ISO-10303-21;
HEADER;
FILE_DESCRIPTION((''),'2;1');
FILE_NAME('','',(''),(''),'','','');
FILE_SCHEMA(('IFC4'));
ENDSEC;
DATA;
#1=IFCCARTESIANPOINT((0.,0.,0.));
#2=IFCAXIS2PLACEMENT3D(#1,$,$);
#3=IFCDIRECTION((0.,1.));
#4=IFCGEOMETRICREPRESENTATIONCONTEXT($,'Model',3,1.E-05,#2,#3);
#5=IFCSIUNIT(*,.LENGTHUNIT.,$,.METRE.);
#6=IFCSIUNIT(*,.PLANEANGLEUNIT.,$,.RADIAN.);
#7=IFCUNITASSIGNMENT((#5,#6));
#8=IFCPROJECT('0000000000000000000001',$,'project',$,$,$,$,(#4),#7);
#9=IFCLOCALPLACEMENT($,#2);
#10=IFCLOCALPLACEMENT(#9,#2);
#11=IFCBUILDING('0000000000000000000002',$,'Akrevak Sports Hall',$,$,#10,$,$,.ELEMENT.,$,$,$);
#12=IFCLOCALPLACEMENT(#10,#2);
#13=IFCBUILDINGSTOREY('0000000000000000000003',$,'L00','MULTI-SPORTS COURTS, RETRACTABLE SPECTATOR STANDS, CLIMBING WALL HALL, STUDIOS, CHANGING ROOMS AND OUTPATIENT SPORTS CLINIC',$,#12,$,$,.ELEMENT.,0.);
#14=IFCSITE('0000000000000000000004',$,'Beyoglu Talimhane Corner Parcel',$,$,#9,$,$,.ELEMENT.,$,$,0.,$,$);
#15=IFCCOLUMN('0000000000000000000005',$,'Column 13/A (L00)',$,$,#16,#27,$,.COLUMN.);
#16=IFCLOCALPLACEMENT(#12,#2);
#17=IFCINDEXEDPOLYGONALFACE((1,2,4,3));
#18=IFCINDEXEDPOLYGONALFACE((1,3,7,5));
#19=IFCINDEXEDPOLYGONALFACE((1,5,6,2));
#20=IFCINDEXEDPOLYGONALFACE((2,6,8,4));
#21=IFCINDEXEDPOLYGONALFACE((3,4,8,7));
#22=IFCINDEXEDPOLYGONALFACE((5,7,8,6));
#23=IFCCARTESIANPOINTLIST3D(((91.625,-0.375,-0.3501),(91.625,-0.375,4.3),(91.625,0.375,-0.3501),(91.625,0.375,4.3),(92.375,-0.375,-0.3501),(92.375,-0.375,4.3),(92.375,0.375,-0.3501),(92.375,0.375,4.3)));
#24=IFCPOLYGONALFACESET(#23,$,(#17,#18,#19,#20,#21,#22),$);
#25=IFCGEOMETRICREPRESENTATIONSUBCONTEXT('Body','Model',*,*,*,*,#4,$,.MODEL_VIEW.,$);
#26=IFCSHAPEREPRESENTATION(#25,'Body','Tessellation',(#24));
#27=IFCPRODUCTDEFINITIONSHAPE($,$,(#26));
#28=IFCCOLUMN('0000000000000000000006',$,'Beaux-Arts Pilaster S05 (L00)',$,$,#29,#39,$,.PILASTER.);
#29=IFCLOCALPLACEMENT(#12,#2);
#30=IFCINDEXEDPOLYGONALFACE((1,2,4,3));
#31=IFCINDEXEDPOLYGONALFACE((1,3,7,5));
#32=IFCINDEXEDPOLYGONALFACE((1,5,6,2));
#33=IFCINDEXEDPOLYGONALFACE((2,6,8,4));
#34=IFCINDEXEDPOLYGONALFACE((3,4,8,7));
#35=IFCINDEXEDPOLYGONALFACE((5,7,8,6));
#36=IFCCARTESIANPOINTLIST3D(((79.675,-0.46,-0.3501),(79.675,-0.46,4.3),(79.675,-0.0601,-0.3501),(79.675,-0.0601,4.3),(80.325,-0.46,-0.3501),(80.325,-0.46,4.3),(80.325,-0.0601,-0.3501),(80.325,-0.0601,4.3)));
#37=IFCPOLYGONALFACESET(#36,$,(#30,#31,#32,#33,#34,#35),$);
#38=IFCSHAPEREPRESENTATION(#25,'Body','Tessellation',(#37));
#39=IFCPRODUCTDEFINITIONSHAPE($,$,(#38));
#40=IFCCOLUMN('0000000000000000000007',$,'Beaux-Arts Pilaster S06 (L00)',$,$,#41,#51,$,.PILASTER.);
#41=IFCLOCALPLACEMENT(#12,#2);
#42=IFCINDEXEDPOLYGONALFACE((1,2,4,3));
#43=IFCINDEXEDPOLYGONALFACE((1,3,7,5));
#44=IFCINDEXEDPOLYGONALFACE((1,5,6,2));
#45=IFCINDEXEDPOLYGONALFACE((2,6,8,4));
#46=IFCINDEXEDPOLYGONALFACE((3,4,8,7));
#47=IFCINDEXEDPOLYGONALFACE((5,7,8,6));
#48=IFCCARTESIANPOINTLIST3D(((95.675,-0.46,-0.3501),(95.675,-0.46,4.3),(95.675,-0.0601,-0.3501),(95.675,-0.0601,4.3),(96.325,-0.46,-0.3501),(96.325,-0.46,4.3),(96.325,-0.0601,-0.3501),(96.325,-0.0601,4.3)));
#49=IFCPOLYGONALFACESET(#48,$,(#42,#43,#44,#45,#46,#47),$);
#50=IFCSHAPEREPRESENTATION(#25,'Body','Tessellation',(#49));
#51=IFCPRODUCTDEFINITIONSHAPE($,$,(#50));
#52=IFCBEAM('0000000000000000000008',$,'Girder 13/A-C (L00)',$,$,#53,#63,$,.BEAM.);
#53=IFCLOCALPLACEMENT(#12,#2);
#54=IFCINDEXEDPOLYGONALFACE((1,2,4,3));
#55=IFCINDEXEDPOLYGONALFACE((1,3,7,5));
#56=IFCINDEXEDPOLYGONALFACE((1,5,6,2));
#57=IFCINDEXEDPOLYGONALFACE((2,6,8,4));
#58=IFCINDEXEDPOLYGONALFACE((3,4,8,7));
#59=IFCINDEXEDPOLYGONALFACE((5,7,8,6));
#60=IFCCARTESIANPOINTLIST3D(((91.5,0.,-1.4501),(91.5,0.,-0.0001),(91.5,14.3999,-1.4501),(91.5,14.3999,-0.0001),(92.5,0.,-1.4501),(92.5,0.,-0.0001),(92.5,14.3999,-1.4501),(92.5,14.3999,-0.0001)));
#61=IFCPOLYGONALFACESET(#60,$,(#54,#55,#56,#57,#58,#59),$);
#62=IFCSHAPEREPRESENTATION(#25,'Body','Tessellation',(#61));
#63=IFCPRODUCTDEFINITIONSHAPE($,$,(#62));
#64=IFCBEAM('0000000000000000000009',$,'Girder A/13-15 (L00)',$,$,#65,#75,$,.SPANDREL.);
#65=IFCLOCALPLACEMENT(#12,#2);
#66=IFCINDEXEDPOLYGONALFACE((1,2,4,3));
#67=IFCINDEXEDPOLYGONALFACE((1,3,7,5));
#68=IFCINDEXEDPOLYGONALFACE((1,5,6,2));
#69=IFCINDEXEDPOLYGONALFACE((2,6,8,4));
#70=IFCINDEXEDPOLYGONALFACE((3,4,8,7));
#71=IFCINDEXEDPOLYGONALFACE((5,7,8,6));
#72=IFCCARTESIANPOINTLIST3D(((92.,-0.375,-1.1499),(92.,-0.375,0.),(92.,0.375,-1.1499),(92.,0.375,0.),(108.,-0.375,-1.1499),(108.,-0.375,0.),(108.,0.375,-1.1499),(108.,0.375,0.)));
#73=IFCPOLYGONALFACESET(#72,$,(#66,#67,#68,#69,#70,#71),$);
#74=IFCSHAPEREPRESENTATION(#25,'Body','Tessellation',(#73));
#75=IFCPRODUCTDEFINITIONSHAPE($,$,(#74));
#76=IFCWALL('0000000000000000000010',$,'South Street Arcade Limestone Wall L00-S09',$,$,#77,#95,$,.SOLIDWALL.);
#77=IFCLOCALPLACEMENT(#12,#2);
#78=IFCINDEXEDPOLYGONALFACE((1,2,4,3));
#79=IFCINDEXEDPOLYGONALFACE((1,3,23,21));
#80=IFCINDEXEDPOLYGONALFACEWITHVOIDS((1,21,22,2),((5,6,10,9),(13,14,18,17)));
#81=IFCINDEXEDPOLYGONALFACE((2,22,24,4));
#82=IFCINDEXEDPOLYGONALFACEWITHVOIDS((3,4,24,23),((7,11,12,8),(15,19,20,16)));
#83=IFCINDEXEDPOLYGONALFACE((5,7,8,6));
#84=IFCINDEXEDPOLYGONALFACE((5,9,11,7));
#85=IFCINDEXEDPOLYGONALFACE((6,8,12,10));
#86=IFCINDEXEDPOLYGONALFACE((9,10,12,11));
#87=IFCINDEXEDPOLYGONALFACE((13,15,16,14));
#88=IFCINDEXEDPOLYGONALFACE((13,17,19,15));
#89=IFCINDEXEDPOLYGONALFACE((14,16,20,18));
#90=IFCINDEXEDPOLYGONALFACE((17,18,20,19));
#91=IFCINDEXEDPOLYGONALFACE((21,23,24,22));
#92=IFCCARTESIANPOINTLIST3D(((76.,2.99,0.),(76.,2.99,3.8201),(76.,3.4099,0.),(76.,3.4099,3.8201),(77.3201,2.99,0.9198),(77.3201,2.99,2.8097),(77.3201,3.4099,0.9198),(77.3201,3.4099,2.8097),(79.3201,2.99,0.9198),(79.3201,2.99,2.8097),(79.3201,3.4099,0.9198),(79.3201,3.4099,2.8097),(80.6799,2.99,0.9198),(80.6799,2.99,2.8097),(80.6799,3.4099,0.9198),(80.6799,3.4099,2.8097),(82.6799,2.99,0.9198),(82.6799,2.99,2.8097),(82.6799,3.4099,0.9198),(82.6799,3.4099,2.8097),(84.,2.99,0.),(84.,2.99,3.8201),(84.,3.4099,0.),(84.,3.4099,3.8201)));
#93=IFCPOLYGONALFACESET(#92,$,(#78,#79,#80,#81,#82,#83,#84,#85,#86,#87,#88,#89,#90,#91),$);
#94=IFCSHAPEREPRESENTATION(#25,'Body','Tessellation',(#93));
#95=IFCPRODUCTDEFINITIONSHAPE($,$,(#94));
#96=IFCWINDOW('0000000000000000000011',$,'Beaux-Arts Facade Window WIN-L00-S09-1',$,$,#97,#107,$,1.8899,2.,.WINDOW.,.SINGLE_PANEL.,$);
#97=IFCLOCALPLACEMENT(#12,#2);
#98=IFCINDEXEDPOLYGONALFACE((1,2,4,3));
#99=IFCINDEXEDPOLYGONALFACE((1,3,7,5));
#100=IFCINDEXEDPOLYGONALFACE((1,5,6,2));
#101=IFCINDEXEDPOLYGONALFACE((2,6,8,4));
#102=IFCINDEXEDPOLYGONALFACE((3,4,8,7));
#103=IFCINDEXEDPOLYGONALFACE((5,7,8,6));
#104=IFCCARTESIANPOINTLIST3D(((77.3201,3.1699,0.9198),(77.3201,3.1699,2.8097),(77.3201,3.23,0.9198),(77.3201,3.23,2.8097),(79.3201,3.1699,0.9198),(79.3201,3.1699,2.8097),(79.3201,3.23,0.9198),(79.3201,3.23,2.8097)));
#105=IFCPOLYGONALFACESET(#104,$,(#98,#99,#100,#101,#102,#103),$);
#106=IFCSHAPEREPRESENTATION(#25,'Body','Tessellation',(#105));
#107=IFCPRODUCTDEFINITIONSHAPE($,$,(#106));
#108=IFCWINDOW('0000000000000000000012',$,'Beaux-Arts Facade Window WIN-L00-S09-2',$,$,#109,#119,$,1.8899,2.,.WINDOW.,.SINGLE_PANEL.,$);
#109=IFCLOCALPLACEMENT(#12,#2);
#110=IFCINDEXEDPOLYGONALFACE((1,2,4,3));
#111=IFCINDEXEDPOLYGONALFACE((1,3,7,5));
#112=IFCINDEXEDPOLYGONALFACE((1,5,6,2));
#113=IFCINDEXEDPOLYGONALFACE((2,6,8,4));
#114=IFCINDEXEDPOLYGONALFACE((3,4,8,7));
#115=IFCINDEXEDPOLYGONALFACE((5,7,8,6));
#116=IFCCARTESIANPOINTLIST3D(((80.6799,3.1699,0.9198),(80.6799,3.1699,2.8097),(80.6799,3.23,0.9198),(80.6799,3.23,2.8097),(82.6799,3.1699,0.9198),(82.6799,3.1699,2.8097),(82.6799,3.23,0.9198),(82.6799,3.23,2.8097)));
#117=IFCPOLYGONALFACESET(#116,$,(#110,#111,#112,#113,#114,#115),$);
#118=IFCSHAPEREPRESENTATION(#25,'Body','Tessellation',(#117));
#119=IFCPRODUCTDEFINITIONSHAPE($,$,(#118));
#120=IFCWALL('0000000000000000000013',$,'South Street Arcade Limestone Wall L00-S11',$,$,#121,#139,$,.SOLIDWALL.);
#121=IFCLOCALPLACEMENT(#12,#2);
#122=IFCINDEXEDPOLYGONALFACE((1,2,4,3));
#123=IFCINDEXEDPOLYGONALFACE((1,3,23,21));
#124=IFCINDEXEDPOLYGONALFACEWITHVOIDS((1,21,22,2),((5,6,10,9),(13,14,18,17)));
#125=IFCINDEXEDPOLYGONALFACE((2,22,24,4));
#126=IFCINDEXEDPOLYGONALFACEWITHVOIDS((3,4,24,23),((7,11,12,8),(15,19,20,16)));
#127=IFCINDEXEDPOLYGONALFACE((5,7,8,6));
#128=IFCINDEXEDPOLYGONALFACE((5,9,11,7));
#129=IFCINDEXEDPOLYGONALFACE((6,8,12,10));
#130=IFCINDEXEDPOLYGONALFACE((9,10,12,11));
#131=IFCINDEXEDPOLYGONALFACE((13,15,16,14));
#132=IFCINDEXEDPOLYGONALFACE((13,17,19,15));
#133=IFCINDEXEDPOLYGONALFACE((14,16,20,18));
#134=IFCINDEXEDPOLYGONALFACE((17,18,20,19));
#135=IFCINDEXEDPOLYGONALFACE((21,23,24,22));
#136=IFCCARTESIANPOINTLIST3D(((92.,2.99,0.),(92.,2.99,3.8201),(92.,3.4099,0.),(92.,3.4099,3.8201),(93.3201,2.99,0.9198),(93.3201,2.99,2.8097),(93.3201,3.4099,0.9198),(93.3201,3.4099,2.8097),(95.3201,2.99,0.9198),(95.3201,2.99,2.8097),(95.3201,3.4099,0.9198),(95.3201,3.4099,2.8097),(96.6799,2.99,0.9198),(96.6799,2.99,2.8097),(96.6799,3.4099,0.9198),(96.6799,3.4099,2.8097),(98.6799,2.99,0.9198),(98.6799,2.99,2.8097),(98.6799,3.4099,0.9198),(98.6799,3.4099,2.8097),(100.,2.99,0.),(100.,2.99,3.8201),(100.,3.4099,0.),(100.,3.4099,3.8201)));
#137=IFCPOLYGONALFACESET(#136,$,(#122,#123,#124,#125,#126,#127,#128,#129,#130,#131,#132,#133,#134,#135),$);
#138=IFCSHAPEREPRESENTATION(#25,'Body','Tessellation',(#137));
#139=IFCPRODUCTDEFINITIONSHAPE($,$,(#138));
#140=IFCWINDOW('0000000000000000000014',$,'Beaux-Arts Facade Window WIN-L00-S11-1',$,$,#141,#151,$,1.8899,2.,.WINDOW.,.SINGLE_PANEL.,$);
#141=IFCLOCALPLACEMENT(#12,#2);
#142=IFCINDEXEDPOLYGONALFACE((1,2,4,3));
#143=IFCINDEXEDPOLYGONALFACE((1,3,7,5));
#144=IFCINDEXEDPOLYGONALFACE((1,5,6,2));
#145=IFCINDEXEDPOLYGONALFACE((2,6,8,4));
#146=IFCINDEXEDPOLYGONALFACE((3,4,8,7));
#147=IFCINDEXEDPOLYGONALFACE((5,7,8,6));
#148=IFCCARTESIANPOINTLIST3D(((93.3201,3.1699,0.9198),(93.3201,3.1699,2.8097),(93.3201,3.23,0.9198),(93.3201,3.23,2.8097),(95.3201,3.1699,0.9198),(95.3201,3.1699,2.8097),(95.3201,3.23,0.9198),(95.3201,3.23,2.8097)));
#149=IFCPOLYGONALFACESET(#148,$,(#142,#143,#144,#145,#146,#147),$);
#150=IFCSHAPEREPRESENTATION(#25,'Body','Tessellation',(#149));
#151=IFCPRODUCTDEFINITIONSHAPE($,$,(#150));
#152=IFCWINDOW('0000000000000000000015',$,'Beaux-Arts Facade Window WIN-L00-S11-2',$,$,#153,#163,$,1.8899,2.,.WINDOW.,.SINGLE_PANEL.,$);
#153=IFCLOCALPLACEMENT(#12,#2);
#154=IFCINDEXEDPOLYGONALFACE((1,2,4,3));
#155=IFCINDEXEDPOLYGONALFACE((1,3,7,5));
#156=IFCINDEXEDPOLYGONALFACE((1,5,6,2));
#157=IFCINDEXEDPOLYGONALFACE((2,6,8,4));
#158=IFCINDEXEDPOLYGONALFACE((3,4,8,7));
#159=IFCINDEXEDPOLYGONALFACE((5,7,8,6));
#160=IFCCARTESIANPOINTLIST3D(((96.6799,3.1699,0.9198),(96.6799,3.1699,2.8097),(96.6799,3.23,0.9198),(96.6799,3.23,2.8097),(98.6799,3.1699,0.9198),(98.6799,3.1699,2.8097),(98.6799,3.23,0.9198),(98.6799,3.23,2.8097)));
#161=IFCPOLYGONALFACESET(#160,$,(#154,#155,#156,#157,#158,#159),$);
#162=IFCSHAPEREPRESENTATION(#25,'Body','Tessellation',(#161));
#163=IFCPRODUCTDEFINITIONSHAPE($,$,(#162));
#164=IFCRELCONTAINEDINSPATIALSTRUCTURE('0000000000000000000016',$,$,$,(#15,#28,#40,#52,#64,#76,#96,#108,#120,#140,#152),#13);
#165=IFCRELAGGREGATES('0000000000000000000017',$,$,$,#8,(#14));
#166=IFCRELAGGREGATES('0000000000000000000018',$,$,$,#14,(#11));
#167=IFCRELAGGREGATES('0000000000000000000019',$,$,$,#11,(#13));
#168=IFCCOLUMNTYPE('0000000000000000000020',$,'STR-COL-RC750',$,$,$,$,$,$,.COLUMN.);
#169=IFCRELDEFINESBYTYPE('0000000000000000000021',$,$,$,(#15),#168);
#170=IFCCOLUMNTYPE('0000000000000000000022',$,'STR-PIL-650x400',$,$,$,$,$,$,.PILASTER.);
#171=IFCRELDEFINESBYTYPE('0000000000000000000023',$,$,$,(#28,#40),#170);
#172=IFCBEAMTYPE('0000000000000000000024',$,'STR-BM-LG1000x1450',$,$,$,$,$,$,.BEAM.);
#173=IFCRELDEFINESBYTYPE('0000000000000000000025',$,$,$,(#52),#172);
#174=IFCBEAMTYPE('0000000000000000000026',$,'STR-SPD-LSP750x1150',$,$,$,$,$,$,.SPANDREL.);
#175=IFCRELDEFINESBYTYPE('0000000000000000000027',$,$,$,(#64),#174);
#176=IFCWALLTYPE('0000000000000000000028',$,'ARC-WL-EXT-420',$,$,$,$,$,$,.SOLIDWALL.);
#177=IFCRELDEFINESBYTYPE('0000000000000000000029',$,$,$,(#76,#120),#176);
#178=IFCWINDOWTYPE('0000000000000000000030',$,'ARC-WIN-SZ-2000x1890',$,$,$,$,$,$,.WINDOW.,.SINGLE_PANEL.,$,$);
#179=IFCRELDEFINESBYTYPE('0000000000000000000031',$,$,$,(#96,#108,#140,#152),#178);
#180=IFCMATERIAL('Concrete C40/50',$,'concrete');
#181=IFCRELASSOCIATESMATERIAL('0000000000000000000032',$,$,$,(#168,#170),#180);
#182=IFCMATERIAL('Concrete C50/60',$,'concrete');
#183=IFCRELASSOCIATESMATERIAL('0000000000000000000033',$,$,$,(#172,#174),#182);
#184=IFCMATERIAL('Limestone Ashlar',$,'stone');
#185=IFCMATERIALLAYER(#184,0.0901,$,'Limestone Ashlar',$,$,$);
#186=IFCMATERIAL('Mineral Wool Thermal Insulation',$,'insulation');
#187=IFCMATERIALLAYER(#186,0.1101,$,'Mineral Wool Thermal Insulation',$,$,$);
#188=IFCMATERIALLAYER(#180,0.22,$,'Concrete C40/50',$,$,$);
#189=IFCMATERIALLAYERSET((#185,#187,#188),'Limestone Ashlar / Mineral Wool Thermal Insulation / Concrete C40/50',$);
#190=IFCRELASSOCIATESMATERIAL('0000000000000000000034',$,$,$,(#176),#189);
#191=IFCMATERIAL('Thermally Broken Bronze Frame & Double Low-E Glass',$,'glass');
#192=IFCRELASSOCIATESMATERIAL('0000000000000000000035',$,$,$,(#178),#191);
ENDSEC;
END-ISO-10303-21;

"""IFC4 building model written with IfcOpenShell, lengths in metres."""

from ifc_helpers import new_model, si_unit, direction, frame, frame_2d, origin, origin_2d, place, context, subcontext, project, spatial, rectangle, extrude, material, layer, layer_set, material_profile, profile_set, type_object, element, fill, save


model = new_model("IFC4")

# Units and contexts
model_context = context("Model", 3, precision=1e-05, world=origin(), true_north=direction((0.0, 1.0)))
body_context = subcontext(model_context, "Body", "Model", "MODEL_VIEW")
ifc_project = project(units=[si_unit("LENGTHUNIT", "METRE"), si_unit("PLANEANGLEUNIT", "RADIAN")], contexts=[model_context])

# Site, building, storey
site_placement = place(None, origin())
site = spatial("IfcSite", under=ifc_project, at=site_placement, Name="Beyoglu Talimhane Corner Parcel", CompositionType="ELEMENT", RefElevation=0.0)
building_placement = place(site_placement, origin())
building = spatial("IfcBuilding", under=site, at=building_placement, Name="Akrevak Sports Hall", CompositionType="ELEMENT")
storey_placement = place(building_placement, origin())
storey = spatial("IfcBuildingStorey", under=building, at=storey_placement, Name="L00", Description="MULTI-SPORTS COURTS, RETRACTABLE SPECTATOR STANDS, CLIMBING WALL HALL, STUDIOS, CHANGING ROOMS AND OUTPATIENT SPORTS CLINIC", CompositionType="ELEMENT", Elevation=0.0)

# Columns
ifc_material_1 = material(Name="Concrete C40/50", Category="concrete")
ifc_material_profile_1 = material_profile(ifc_material_1, rectangle(XDim=0.75, YDim=0.75, at=origin_2d()), Name="RC 750x750", Category="concrete")
ifc_profile_set_1 = profile_set([ifc_material_profile_1], Name="Concrete C40/50")
column_type_1 = type_object("IfcColumnType", Name="STR-COL-RC750", PredefinedType="COLUMN", material=ifc_profile_set_1)
column_placement = place(storey_placement, frame((92.0, 0.0, -0.3501), z_axis=(0.0, 0.0, 1.0), x_axis=(1.0, 0.0, 0.0)))
element("IfcColumn", 1, at=column_placement, inside=storey, type_object=column_type_1, Name="Column 13/A (L00)", PredefinedType="COLUMN", context=body_context, shape_type="SweptSolid", body=[
    extrude(rectangle(XDim=0.75, YDim=0.75, at=origin_2d()), origin(), (0.0, 0.0, 1.0), 4.6501),
])
ifc_material_profile_2 = material_profile(ifc_material_1, rectangle(XDim=0.6499, YDim=0.3999, at=origin_2d()), Name="PIL 650x400", Category="concrete")
ifc_profile_set_2 = profile_set([ifc_material_profile_2], Name="Concrete C40/50")
column_type_2 = type_object("IfcColumnType", Name="STR-PIL-650x400", PredefinedType="PILASTER", material=ifc_profile_set_2)
for number, where, z_axis, x_axis, name in (
    (2, (80.0, -0.26, -0.3501), (0.0, 0.0, 1.0), (1.0, 0.0, 0.0), "Beaux-Arts Pilaster S05 (L00)"),
    (3, (96.0, -0.26, -0.3501), (0.0, 0.0, 1.0), (1.0, 0.0, 0.0), "Beaux-Arts Pilaster S06 (L00)"),
):
    element("IfcColumn", number, at=place(storey_placement, frame(where, z_axis=z_axis, x_axis=x_axis)), inside=storey, type_object=column_type_2, Name=name, PredefinedType="PILASTER", context=body_context, shape_type="SweptSolid", body=[
        extrude(rectangle(XDim=0.6499, YDim=0.3999, at=origin_2d()), origin(), (0.0, 0.0, 1.0), 4.6501),
    ])

# Beams
ifc_material_2 = material(Name="Concrete C50/60", Category="concrete")
ifc_material_profile_3 = material_profile(ifc_material_2, rectangle(XDim=1.0, YDim=1.45, at=origin_2d()), Name="BM 1000x1450", Category="concrete")
ifc_profile_set_3 = profile_set([ifc_material_profile_3], Name="Concrete C50/60")
beam_type_1 = type_object("IfcBeamType", Name="STR-BM-LG1000x1450", PredefinedType="BEAM", material=ifc_profile_set_3)
beam_1_placement = place(storey_placement, frame((92.0, 0.0, -0.7251), z_axis=(0.0, 1.0, 0.0), x_axis=(-1.0, 0.0, 0.0)))
element("IfcBeam", 4, at=beam_1_placement, inside=storey, type_object=beam_type_1, Name="Girder 13/A-C (L00)", PredefinedType="BEAM", context=body_context, shape_type="SweptSolid", body=[
    extrude(rectangle(XDim=1.0, YDim=1.45, at=origin_2d()), origin(), (0.0, 0.0, 1.0), 14.3999),
])
ifc_material_profile_4 = material_profile(ifc_material_2, rectangle(XDim=0.75, YDim=1.1499, at=origin_2d()), Name="SPD 750x1150", Category="concrete")
ifc_profile_set_4 = profile_set([ifc_material_profile_4], Name="Concrete C50/60")
beam_type_2 = type_object("IfcBeamType", Name="STR-SPD-LSP750x1150", PredefinedType="SPANDREL", material=ifc_profile_set_4)
beam_2_placement = place(storey_placement, frame((92.0, 0.0, -0.575), z_axis=(1.0, 0.0, 0.0), x_axis=(0.0, 1.0, 0.0)))
element("IfcBeam", 5, at=beam_2_placement, inside=storey, type_object=beam_type_2, Name="Girder A/13-15 (L00)", PredefinedType="SPANDREL", context=body_context, shape_type="SweptSolid", body=[
    extrude(rectangle(XDim=0.75, YDim=1.1499, at=origin_2d()), origin(), (0.0, 0.0, 1.0), 16.0),
])

# Wall, openings, windows
ifc_material_3 = material(Name="Limestone Ashlar", Category="stone")
ifc_layer_1 = layer(ifc_material_3, 0.0901, Name="Limestone Ashlar")
ifc_material_4 = material(Name="Mineral Wool Thermal Insulation", Category="insulation")
ifc_layer_2 = layer(ifc_material_4, 0.1101, Name="Mineral Wool Thermal Insulation")
ifc_layer_3 = layer(ifc_material_1, 0.22, Name="Concrete C40/50")
ifc_layer_set_1 = layer_set([ifc_layer_1, ifc_layer_2, ifc_layer_3], Name="Limestone Ashlar / Mineral Wool Thermal Insulation / Concrete C40/50")
wall_type_1 = type_object("IfcWallType", Name="ARC-WL-EXT-420", PredefinedType="SOLIDWALL", material=ifc_layer_set_1)
wall_1_placement = place(storey_placement, frame((76.0, 3.2, 0.0), z_axis=(0.0, 0.0, 1.0), x_axis=(1.0, 0.0, 0.0)))
wall_1 = element("IfcWall", 6, at=wall_1_placement, inside=storey, type_object=wall_type_1, Name="South Street Arcade Limestone Wall L00-S09", PredefinedType="SOLIDWALL", context=body_context, shape_type="SweptSolid", body=[
    extrude(rectangle(XDim=8.0, YDim=0.4199, at=frame_2d((4.0, 0.0))), origin(), (0.0, 0.0, 1.0), 3.8201),
])
opening_1_placement = place(wall_1_placement, frame((1.3201, 0.0, 0.9199)))
opening_1 = element("IfcOpeningElement", 7, at=opening_1_placement, cuts=wall_1, PredefinedType="OPENING", context=body_context, shape_type="SweptSolid", body=[
    extrude(rectangle(XDim=2.0, YDim=1.8899, at=frame_2d((1.0, 0.9448))), frame((0.0, 0.2219, 0.0), z_axis=(0.0, -1.0, 0.0), x_axis=(1.0, 0.0, 0.0)), (0.0, 0.0, 1.0), 0.4438),
])
opening_2_placement = place(wall_1_placement, frame((4.6799, 0.0, 0.9199)))
opening_2 = element("IfcOpeningElement", 8, at=opening_2_placement, cuts=wall_1, PredefinedType="OPENING", context=body_context, shape_type="SweptSolid", body=[
    extrude(rectangle(XDim=2.0, YDim=1.8899, at=frame_2d((1.0, 0.9448))), frame((0.0, 0.2219, 0.0), z_axis=(0.0, -1.0, 0.0), x_axis=(1.0, 0.0, 0.0)), (0.0, 0.0, 1.0), 0.4438),
])
ifc_material_5 = material(Name="Thermally Broken Bronze Frame & Double Low-E Glass", Category="glass")
window_type = type_object("IfcWindowType", Name="ARC-WIN-SZ-2000x1890", PartitioningType="SINGLE_PANEL", PredefinedType="WINDOW", material=ifc_material_5)
window_1_placement = place(opening_1_placement, origin())
window_1 = element("IfcWindow", 9, at=window_1_placement, inside=storey, type_object=window_type, Name="Beaux-Arts Facade Window WIN-L00-S09-1", OverallHeight=1.8899, OverallWidth=2.0, PartitioningType="SINGLE_PANEL", PredefinedType="WINDOW", context=body_context, shape_type="SweptSolid", body=[
    extrude(rectangle(XDim=2.0, YDim=1.8899, at=frame_2d((1.0, 0.9448))), frame((0.0, 0.03, 0.0), z_axis=(0.0, -1.0, 0.0), x_axis=(1.0, 0.0, 0.0)), (0.0, 0.0, 1.0), 0.0601),
])
fill(opening_1, window_1)
window_2_placement = place(opening_2_placement, origin())
window_2 = element("IfcWindow", 10, at=window_2_placement, inside=storey, type_object=window_type, Name="Beaux-Arts Facade Window WIN-L00-S09-2", OverallHeight=1.8899, OverallWidth=2.0, PartitioningType="SINGLE_PANEL", PredefinedType="WINDOW", context=body_context, shape_type="SweptSolid", body=[
    extrude(rectangle(XDim=2.0, YDim=1.8899, at=frame_2d((1.0, 0.9448))), frame((0.0, 0.03, 0.0), z_axis=(0.0, -1.0, 0.0), x_axis=(1.0, 0.0, 0.0)), (0.0, 0.0, 1.0), 0.0601),
])
fill(opening_2, window_2)

# Wall, openings, windows
wall_2_placement = place(storey_placement, frame((92.0, 3.2, 0.0), z_axis=(0.0, 0.0, 1.0), x_axis=(1.0, 0.0, 0.0)))
wall_2 = element("IfcWall", 11, at=wall_2_placement, inside=storey, type_object=wall_type_1, Name="South Street Arcade Limestone Wall L00-S11", PredefinedType="SOLIDWALL", context=body_context, shape_type="SweptSolid", body=[
    extrude(rectangle(XDim=8.0, YDim=0.4199, at=frame_2d((4.0, 0.0))), origin(), (0.0, 0.0, 1.0), 3.8201),
])
opening_3_placement = place(wall_2_placement, frame((1.3201, 0.0, 0.9199)))
opening_3 = element("IfcOpeningElement", 12, at=opening_3_placement, cuts=wall_2, PredefinedType="OPENING", context=body_context, shape_type="SweptSolid", body=[
    extrude(rectangle(XDim=2.0, YDim=1.8899, at=frame_2d((1.0, 0.9448))), frame((0.0, 0.2219, 0.0), z_axis=(0.0, -1.0, 0.0), x_axis=(1.0, 0.0, 0.0)), (0.0, 0.0, 1.0), 0.4438),
])
opening_4_placement = place(wall_2_placement, frame((4.6799, 0.0, 0.9199)))
opening_4 = element("IfcOpeningElement", 13, at=opening_4_placement, cuts=wall_2, PredefinedType="OPENING", context=body_context, shape_type="SweptSolid", body=[
    extrude(rectangle(XDim=2.0, YDim=1.8899, at=frame_2d((1.0, 0.9448))), frame((0.0, 0.2219, 0.0), z_axis=(0.0, -1.0, 0.0), x_axis=(1.0, 0.0, 0.0)), (0.0, 0.0, 1.0), 0.4438),
])
window_3_placement = place(opening_3_placement, origin())
window_3 = element("IfcWindow", 14, at=window_3_placement, inside=storey, type_object=window_type, Name="Beaux-Arts Facade Window WIN-L00-S11-1", OverallHeight=1.8899, OverallWidth=2.0, PartitioningType="SINGLE_PANEL", PredefinedType="WINDOW", context=body_context, shape_type="SweptSolid", body=[
    extrude(rectangle(XDim=2.0, YDim=1.8899, at=frame_2d((1.0, 0.9448))), frame((0.0, 0.03, 0.0), z_axis=(0.0, -1.0, 0.0), x_axis=(1.0, 0.0, 0.0)), (0.0, 0.0, 1.0), 0.0601),
])
fill(opening_3, window_3)
window_4_placement = place(opening_4_placement, origin())
window_4 = element("IfcWindow", 15, at=window_4_placement, inside=storey, type_object=window_type, Name="Beaux-Arts Facade Window WIN-L00-S11-2", OverallHeight=1.8899, OverallWidth=2.0, PartitioningType="SINGLE_PANEL", PredefinedType="WINDOW", context=body_context, shape_type="SweptSolid", body=[
    extrude(rectangle(XDim=2.0, YDim=1.8899, at=frame_2d((1.0, 0.9448))), frame((0.0, 0.03, 0.0), z_axis=(0.0, -1.0, 0.0), x_axis=(1.0, 0.0, 0.0)), (0.0, 0.0, 1.0), 0.0601),
])
fill(opening_4, window_4)

save(model, "model.ifc")
